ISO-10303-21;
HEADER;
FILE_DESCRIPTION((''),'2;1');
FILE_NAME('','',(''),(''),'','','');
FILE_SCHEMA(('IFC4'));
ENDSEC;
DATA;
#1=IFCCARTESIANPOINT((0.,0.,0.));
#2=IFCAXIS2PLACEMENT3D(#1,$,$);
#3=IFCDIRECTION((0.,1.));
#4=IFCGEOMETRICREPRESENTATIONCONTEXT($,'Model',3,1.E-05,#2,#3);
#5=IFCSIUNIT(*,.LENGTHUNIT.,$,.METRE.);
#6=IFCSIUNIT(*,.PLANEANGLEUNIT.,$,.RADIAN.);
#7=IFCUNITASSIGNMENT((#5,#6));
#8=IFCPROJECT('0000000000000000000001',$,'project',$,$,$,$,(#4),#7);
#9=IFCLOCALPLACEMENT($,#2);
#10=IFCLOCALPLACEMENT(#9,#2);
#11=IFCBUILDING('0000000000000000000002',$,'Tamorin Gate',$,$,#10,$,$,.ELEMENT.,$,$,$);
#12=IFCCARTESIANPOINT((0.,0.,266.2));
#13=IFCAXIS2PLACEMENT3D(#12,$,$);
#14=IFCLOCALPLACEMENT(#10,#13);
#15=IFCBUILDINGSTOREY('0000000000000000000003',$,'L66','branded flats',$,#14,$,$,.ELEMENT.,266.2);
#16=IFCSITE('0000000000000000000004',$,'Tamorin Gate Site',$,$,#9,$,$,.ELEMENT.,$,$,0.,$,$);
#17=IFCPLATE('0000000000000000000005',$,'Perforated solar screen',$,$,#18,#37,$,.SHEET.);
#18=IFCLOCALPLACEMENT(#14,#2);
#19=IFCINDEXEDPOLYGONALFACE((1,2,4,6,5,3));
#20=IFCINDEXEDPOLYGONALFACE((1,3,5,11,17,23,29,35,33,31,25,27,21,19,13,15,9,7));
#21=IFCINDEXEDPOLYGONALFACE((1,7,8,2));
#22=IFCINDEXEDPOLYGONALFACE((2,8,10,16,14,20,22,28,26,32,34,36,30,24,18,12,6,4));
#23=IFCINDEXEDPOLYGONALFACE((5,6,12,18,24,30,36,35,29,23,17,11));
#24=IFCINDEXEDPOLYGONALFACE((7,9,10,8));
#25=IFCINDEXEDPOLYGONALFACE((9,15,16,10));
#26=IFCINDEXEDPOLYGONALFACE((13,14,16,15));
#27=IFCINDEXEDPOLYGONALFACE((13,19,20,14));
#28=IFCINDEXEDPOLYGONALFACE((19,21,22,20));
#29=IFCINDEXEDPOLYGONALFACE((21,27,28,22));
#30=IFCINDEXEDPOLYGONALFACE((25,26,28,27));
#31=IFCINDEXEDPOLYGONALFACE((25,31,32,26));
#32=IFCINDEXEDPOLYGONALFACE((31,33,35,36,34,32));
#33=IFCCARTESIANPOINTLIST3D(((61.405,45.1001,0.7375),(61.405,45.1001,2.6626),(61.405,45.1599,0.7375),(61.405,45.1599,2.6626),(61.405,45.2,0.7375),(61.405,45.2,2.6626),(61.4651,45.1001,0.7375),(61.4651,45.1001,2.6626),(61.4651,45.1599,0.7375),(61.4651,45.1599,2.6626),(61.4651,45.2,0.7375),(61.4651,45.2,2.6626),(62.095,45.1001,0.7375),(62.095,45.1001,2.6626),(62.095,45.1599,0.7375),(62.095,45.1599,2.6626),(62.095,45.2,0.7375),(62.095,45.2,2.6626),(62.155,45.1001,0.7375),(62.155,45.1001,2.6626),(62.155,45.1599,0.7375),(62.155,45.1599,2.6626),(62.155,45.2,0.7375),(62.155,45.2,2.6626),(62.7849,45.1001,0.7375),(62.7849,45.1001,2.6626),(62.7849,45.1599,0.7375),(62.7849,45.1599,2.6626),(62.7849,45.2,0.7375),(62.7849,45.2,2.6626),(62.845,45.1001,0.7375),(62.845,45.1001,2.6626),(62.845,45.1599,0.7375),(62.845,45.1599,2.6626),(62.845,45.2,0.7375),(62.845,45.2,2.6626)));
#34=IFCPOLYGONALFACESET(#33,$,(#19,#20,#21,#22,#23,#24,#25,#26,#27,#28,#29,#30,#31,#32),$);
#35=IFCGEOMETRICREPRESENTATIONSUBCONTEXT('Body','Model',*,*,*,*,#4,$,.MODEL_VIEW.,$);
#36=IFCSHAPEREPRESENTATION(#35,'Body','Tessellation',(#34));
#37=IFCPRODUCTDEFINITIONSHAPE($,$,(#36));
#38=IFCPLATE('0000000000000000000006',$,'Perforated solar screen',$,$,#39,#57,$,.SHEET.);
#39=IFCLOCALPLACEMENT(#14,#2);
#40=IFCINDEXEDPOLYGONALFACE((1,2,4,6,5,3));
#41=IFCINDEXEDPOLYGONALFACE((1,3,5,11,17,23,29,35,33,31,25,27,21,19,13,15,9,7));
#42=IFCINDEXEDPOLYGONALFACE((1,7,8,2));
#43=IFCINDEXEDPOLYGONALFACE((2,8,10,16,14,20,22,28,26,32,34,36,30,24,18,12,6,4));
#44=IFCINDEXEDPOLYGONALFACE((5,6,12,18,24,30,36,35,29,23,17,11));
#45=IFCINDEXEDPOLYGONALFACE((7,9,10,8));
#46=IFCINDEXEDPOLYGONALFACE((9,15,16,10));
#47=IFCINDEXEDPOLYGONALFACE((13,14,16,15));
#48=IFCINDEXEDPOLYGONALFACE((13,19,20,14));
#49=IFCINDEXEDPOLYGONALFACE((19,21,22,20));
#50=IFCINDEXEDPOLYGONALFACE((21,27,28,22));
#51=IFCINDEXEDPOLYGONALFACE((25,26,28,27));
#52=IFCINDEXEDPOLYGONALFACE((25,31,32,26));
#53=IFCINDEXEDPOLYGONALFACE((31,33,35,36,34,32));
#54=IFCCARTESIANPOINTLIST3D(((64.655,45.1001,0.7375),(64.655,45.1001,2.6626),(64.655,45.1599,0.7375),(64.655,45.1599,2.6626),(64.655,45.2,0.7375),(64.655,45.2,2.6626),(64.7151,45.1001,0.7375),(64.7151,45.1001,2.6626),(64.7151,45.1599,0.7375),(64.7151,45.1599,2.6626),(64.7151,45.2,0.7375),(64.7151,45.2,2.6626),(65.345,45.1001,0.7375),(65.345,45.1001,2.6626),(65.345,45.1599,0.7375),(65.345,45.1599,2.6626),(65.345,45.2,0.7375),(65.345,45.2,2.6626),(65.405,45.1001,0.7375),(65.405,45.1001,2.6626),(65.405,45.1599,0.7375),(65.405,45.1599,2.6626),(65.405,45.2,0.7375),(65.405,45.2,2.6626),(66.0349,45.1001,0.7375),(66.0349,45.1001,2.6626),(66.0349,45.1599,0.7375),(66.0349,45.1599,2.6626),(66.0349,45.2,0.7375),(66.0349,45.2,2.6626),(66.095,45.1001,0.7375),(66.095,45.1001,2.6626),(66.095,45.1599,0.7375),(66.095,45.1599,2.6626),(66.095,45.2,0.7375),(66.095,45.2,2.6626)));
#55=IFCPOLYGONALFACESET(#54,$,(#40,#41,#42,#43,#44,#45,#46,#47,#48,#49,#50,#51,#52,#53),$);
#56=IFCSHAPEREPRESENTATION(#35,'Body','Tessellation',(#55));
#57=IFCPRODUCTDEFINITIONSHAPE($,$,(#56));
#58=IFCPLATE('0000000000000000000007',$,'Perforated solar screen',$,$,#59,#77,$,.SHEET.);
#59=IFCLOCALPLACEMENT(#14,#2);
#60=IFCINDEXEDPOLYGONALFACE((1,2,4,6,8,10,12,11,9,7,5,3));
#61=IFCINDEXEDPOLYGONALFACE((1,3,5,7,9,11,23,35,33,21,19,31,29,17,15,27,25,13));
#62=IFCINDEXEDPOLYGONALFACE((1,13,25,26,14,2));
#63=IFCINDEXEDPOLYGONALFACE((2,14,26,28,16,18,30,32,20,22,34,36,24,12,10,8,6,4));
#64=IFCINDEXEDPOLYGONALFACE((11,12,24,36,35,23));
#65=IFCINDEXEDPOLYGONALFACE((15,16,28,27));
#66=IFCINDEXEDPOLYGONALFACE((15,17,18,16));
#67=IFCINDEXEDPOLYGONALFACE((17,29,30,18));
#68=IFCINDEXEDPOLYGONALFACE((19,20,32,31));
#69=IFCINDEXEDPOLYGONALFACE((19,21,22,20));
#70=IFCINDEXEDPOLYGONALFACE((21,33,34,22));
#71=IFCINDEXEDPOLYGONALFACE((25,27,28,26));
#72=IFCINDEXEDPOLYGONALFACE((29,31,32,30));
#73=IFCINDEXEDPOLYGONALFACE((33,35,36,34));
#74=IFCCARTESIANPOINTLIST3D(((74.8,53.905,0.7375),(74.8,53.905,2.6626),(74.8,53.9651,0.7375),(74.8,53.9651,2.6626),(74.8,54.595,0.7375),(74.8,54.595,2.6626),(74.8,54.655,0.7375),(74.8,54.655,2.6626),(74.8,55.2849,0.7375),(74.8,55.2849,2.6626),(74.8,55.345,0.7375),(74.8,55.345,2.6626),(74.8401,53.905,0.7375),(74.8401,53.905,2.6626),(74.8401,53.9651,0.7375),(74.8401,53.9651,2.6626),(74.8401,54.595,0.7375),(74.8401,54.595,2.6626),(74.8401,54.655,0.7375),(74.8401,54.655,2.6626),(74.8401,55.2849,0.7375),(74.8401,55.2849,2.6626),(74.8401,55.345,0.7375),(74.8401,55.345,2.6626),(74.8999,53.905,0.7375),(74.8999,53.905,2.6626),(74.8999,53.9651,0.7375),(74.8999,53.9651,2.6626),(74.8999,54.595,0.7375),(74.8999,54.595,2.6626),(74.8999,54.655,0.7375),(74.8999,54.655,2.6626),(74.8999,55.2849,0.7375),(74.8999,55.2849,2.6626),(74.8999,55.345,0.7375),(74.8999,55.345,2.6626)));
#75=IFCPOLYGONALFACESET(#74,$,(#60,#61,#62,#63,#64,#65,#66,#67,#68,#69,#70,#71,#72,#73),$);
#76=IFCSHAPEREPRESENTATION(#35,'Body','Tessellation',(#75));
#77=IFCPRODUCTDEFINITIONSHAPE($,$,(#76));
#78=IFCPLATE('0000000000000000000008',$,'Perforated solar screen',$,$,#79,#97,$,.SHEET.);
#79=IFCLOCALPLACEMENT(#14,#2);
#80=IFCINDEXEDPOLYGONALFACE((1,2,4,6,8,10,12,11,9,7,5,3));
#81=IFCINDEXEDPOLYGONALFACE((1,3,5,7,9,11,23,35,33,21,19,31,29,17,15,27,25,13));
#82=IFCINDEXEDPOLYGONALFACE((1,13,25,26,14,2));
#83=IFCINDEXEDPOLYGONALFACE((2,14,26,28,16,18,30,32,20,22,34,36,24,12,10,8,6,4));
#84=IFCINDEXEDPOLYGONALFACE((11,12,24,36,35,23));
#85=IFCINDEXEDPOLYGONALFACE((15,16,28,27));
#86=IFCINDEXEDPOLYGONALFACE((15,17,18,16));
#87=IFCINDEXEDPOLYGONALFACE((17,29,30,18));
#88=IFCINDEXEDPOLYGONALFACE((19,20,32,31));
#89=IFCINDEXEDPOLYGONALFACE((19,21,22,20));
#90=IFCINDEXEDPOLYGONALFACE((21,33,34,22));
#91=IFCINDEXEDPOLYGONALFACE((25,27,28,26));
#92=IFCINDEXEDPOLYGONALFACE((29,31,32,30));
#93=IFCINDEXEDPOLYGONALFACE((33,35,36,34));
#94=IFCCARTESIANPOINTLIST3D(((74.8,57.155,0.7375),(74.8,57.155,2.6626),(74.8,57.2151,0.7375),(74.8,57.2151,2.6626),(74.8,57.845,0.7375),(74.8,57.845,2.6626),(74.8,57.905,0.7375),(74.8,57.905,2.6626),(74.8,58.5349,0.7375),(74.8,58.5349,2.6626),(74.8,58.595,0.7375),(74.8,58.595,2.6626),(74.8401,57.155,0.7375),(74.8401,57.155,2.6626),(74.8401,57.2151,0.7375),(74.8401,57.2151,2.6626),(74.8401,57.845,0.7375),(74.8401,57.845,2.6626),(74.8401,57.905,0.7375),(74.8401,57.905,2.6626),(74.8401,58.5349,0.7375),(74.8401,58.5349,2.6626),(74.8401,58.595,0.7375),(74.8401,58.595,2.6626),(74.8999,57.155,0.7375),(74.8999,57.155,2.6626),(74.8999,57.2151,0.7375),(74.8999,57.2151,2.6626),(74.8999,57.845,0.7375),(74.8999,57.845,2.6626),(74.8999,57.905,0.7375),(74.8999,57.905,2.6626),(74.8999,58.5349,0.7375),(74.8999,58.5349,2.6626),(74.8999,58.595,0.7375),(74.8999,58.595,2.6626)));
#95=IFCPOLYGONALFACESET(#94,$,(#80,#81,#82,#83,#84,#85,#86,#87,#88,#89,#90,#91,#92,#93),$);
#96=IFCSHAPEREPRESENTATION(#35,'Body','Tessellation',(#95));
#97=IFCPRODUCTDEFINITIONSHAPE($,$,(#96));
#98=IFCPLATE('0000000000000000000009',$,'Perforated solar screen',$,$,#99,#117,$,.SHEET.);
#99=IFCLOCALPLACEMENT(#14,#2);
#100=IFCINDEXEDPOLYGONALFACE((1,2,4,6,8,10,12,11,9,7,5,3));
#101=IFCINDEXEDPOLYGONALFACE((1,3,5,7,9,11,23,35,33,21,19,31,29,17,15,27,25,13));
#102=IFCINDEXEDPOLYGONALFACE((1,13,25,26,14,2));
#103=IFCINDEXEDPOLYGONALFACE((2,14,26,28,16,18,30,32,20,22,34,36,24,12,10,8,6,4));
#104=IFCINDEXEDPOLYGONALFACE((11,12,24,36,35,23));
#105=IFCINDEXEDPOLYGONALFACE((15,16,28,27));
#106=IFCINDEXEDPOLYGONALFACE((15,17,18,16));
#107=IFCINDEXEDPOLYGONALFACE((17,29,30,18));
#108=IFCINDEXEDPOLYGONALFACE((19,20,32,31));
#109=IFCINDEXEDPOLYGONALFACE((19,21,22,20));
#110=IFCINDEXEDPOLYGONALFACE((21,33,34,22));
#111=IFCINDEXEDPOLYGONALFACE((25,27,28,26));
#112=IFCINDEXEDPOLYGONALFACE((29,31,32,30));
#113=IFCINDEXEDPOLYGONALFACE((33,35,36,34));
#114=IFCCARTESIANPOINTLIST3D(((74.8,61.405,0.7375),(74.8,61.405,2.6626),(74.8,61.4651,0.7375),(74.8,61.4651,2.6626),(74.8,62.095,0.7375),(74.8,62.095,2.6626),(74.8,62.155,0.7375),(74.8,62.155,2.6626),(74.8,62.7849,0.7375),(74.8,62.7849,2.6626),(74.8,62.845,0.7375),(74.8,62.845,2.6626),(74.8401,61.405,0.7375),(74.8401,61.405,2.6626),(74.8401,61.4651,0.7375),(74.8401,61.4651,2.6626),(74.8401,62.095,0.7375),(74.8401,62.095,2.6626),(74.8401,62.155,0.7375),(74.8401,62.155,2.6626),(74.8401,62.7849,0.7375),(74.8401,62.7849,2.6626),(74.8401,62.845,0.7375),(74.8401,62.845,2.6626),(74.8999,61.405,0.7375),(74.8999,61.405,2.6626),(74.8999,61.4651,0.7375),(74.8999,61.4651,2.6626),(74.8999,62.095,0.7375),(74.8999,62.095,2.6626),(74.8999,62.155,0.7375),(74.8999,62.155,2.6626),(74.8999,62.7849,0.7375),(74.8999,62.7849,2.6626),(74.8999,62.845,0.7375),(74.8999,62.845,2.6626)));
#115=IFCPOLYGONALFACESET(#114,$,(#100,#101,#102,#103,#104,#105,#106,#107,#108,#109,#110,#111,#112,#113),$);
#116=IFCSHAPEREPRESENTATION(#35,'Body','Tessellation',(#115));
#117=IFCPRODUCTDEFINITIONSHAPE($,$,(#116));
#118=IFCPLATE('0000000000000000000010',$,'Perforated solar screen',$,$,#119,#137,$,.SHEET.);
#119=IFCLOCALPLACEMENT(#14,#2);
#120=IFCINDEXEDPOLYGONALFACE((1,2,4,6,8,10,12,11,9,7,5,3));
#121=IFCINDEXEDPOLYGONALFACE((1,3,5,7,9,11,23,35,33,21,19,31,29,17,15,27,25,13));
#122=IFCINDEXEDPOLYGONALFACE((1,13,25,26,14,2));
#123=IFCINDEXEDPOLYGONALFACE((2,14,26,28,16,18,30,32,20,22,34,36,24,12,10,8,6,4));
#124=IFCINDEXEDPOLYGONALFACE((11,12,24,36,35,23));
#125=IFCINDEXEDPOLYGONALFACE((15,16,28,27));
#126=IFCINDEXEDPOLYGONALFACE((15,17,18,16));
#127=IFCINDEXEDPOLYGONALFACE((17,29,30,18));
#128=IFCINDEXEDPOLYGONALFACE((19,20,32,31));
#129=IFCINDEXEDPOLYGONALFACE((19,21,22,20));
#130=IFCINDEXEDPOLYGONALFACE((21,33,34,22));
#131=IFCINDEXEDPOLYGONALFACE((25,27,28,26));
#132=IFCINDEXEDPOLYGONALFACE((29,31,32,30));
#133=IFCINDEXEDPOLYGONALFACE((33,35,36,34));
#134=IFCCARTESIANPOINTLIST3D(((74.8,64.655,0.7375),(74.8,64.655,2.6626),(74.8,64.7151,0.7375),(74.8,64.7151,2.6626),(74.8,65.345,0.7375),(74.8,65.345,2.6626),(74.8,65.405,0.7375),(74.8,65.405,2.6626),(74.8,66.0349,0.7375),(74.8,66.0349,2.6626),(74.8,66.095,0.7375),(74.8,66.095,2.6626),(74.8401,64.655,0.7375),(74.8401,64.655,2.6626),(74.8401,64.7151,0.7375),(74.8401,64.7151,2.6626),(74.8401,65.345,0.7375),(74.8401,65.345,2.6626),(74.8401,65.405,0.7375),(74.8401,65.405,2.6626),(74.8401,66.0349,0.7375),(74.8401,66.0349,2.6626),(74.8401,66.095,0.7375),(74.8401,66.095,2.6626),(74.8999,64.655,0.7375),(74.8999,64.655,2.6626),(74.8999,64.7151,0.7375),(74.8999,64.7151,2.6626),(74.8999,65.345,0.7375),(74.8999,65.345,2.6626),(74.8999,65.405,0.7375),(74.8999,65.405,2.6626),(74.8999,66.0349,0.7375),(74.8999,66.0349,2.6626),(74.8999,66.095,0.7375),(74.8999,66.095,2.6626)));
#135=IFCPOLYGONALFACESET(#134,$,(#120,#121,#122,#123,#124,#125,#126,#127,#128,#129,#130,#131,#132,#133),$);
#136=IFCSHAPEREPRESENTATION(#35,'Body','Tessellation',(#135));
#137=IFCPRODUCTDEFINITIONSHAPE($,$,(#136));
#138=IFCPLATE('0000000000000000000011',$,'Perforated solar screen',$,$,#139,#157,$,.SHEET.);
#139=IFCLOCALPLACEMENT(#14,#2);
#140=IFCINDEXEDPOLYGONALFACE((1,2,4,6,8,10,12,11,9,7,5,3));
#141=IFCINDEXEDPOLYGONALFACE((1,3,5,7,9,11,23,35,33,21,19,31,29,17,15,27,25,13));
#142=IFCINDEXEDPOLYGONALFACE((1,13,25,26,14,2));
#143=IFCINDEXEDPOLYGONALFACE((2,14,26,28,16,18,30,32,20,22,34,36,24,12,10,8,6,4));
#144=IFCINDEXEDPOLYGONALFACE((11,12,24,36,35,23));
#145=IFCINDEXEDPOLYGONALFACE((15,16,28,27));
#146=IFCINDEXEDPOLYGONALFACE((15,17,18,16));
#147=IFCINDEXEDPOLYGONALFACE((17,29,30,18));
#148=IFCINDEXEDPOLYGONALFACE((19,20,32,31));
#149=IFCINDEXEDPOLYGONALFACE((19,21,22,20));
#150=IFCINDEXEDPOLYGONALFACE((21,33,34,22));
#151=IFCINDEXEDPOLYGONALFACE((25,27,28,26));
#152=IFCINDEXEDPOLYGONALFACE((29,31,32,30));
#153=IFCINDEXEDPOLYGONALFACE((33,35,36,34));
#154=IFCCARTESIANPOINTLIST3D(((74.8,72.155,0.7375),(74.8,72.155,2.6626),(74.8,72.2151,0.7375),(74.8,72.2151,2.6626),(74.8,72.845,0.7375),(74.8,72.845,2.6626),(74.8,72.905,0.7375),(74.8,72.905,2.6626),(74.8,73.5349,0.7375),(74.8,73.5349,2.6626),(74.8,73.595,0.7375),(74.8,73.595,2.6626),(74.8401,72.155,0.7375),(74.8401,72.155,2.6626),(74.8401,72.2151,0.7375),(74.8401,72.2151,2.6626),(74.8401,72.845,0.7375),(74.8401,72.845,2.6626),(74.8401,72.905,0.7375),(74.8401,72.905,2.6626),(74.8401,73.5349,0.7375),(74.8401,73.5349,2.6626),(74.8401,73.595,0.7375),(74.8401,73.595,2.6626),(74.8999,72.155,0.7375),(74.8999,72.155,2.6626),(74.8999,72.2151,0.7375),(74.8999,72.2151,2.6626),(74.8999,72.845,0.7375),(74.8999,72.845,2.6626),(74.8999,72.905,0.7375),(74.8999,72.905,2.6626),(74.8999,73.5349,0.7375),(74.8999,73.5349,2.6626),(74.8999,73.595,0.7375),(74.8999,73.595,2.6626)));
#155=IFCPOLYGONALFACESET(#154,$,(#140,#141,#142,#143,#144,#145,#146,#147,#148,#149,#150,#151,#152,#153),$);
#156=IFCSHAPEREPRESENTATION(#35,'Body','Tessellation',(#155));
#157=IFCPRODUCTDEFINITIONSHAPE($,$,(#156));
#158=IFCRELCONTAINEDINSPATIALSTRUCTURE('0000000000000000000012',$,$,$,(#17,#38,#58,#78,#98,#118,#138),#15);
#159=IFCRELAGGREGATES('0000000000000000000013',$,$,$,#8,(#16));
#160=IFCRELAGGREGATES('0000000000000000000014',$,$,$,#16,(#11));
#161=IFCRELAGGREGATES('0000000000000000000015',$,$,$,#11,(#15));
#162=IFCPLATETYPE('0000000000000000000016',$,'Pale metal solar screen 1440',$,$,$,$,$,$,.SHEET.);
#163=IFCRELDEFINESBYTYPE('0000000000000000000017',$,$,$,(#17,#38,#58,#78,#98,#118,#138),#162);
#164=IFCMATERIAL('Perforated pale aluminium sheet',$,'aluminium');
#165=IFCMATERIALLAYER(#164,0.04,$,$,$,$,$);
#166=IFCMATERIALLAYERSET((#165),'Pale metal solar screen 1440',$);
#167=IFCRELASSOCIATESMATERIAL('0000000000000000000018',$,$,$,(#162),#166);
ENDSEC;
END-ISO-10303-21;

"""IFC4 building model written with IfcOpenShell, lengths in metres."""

from ifc_helpers import new_model, si_unit, direction, frame, origin, place, context, subcontext, project, spatial, polyline, outline, extrude, material, layer, layer_set, type_object, element, save


model = new_model("IFC4")

# Units and contexts
model_context = context("Model", 3, precision=1e-05, world=origin(), true_north=direction((0.0, 1.0)))
body_context = subcontext(model_context, "Body", "Model", "MODEL_VIEW")
ifc_project = project(units=[si_unit("LENGTHUNIT", "METRE"), si_unit("PLANEANGLEUNIT", "RADIAN")], contexts=[model_context])

# Site, building, storey
site_placement = place(None, origin())
site = spatial("IfcSite", under=ifc_project, at=site_placement, Name="Tamorin Gate Site", CompositionType="ELEMENT", RefElevation=0.0)
building_placement = place(site_placement, origin())
building = spatial("IfcBuilding", under=site, at=building_placement, Name="Tamorin Gate", CompositionType="ELEMENT")
storey_placement = place(building_placement, frame((0.0, 0.0, 266.2)))
storey = spatial("IfcBuildingStorey", under=building, at=storey_placement, Name="L66", Description="branded flats", CompositionType="ELEMENT", Elevation=266.2)

# Plates
ifc_material_1 = material(Name="Perforated pale aluminium sheet", Category="aluminium")
ifc_layer_1 = layer(ifc_material_1, 0.04)
ifc_layer_set_1 = layer_set([ifc_layer_1], Name="Pale metal solar screen 1440")
plate_type = type_object("IfcPlateType", Name="Pale metal solar screen 1440", PredefinedType="SHEET", material=ifc_layer_set_1)
plate_1_placement = place(storey_placement, frame((0.0, 0.0, 0.7375)))
element("IfcPlate", 1, at=plate_1_placement, inside=storey, type_object=plate_type, Name="Perforated solar screen", PredefinedType="SHEET", context=body_context, shape_type="SweptSolid", body=[
    extrude(outline(polyline([(61.405, 45.1599), (61.405, 45.2), (61.4651, 45.2), (62.095, 45.2), (62.155, 45.2), (62.7849, 45.2), (62.845, 45.2), (62.845, 45.1599), (62.845, 45.1001), (62.7849, 45.1001), (62.7849, 45.1599), (62.155, 45.1599), (62.155, 45.1001), (62.095, 45.1001), (62.095, 45.1599), (61.4651, 45.1599), (61.4651, 45.1001), (61.405, 45.1001), (61.405, 45.1599)])), origin(), (0.0, 0.0, 1.0), 1.925),
])
plate_2_placement = place(storey_placement, frame((0.0, 0.0, 0.7375)))
element("IfcPlate", 2, at=plate_2_placement, inside=storey, type_object=plate_type, Name="Perforated solar screen", PredefinedType="SHEET", context=body_context, shape_type="SweptSolid", body=[
    extrude(outline(polyline([(64.655, 45.1599), (64.655, 45.2), (64.7151, 45.2), (65.345, 45.2), (65.405, 45.2), (66.0349, 45.2), (66.095, 45.2), (66.095, 45.1599), (66.095, 45.1001), (66.0349, 45.1001), (66.0349, 45.1599), (65.405, 45.1599), (65.405, 45.1001), (65.345, 45.1001), (65.345, 45.1599), (64.7151, 45.1599), (64.7151, 45.1001), (64.655, 45.1001), (64.655, 45.1599)])), origin(), (0.0, 0.0, 1.0), 1.925),
])
plate_3_placement = place(storey_placement, frame((0.0, 0.0, 0.7375)))
element("IfcPlate", 3, at=plate_3_placement, inside=storey, type_object=plate_type, Name="Perforated solar screen", PredefinedType="SHEET", context=body_context, shape_type="SweptSolid", body=[
    extrude(outline(polyline([(74.8401, 53.905), (74.8, 53.905), (74.8, 53.9651), (74.8, 54.595), (74.8, 54.655), (74.8, 55.2849), (74.8, 55.345), (74.8, 55.345), (74.8401, 55.345), (74.8401, 55.345), (74.8999, 55.345), (74.8999, 55.2849), (74.8401, 55.2849), (74.8401, 54.655), (74.8999, 54.655), (74.8999, 54.595), (74.8401, 54.595), (74.8401, 53.9651), (74.8999, 53.9651), (74.8999, 53.905), (74.8401, 53.905)])), origin(), (0.0, 0.0, 1.0), 1.925),
])
plate_4_placement = place(storey_placement, frame((0.0, 0.0, 0.7375)))
element("IfcPlate", 4, at=plate_4_placement, inside=storey, type_object=plate_type, Name="Perforated solar screen", PredefinedType="SHEET", context=body_context, shape_type="SweptSolid", body=[
    extrude(outline(polyline([(74.8401, 57.155), (74.8, 57.155), (74.8, 57.2151), (74.8, 57.845), (74.8, 57.905), (74.8, 58.5349), (74.8, 58.595), (74.8, 58.595), (74.8401, 58.595), (74.8401, 58.595), (74.8999, 58.595), (74.8999, 58.5349), (74.8401, 58.5349), (74.8401, 57.905), (74.8999, 57.905), (74.8999, 57.845), (74.8401, 57.845), (74.8401, 57.2151), (74.8999, 57.2151), (74.8999, 57.155), (74.8401, 57.155)])), origin(), (0.0, 0.0, 1.0), 1.925),
])
plate_5_placement = place(storey_placement, frame((0.0, 0.0, 0.7375)))
element("IfcPlate", 5, at=plate_5_placement, inside=storey, type_object=plate_type, Name="Perforated solar screen", PredefinedType="SHEET", context=body_context, shape_type="SweptSolid", body=[
    extrude(outline(polyline([(74.8401, 61.405), (74.8, 61.405), (74.8, 61.4651), (74.8, 62.095), (74.8, 62.155), (74.8, 62.7849), (74.8, 62.845), (74.8401, 62.845), (74.8999, 62.845), (74.8999, 62.7849), (74.8401, 62.7849), (74.8401, 62.155), (74.8999, 62.155), (74.8999, 62.095), (74.8401, 62.095), (74.8401, 61.4651), (74.8999, 61.4651), (74.8999, 61.405), (74.8401, 61.405)])), origin(), (0.0, 0.0, 1.0), 1.925),
])
plate_6_placement = place(storey_placement, frame((0.0, 0.0, 0.7375)))
element("IfcPlate", 6, at=plate_6_placement, inside=storey, type_object=plate_type, Name="Perforated solar screen", PredefinedType="SHEET", context=body_context, shape_type="SweptSolid", body=[
    extrude(outline(polyline([(74.8401, 64.655), (74.8, 64.655), (74.8, 64.7151), (74.8, 65.345), (74.8, 65.405), (74.8, 66.0349), (74.8, 66.095), (74.8401, 66.095), (74.8999, 66.095), (74.8999, 66.0349), (74.8401, 66.0349), (74.8401, 65.405), (74.8999, 65.405), (74.8999, 65.345), (74.8401, 65.345), (74.8401, 64.7151), (74.8999, 64.7151), (74.8999, 64.655), (74.8401, 64.655)])), origin(), (0.0, 0.0, 1.0), 1.925),
])
plate_7_placement = place(storey_placement, frame((0.0, 0.0, 0.7375)))
element("IfcPlate", 7, at=plate_7_placement, inside=storey, type_object=plate_type, Name="Perforated solar screen", PredefinedType="SHEET", context=body_context, shape_type="SweptSolid", body=[
    extrude(outline(polyline([(74.8401, 72.155), (74.8, 72.155), (74.8, 72.2151), (74.8, 72.845), (74.8, 72.905), (74.8, 73.5349), (74.8, 73.595), (74.8401, 73.595), (74.8999, 73.595), (74.8999, 73.5349), (74.8401, 73.5349), (74.8401, 72.905), (74.8999, 72.905), (74.8999, 72.845), (74.8401, 72.845), (74.8401, 72.2151), (74.8999, 72.2151), (74.8999, 72.155), (74.8401, 72.155)])), origin(), (0.0, 0.0, 1.0), 1.925),
])

save(model, "model.ifc")
